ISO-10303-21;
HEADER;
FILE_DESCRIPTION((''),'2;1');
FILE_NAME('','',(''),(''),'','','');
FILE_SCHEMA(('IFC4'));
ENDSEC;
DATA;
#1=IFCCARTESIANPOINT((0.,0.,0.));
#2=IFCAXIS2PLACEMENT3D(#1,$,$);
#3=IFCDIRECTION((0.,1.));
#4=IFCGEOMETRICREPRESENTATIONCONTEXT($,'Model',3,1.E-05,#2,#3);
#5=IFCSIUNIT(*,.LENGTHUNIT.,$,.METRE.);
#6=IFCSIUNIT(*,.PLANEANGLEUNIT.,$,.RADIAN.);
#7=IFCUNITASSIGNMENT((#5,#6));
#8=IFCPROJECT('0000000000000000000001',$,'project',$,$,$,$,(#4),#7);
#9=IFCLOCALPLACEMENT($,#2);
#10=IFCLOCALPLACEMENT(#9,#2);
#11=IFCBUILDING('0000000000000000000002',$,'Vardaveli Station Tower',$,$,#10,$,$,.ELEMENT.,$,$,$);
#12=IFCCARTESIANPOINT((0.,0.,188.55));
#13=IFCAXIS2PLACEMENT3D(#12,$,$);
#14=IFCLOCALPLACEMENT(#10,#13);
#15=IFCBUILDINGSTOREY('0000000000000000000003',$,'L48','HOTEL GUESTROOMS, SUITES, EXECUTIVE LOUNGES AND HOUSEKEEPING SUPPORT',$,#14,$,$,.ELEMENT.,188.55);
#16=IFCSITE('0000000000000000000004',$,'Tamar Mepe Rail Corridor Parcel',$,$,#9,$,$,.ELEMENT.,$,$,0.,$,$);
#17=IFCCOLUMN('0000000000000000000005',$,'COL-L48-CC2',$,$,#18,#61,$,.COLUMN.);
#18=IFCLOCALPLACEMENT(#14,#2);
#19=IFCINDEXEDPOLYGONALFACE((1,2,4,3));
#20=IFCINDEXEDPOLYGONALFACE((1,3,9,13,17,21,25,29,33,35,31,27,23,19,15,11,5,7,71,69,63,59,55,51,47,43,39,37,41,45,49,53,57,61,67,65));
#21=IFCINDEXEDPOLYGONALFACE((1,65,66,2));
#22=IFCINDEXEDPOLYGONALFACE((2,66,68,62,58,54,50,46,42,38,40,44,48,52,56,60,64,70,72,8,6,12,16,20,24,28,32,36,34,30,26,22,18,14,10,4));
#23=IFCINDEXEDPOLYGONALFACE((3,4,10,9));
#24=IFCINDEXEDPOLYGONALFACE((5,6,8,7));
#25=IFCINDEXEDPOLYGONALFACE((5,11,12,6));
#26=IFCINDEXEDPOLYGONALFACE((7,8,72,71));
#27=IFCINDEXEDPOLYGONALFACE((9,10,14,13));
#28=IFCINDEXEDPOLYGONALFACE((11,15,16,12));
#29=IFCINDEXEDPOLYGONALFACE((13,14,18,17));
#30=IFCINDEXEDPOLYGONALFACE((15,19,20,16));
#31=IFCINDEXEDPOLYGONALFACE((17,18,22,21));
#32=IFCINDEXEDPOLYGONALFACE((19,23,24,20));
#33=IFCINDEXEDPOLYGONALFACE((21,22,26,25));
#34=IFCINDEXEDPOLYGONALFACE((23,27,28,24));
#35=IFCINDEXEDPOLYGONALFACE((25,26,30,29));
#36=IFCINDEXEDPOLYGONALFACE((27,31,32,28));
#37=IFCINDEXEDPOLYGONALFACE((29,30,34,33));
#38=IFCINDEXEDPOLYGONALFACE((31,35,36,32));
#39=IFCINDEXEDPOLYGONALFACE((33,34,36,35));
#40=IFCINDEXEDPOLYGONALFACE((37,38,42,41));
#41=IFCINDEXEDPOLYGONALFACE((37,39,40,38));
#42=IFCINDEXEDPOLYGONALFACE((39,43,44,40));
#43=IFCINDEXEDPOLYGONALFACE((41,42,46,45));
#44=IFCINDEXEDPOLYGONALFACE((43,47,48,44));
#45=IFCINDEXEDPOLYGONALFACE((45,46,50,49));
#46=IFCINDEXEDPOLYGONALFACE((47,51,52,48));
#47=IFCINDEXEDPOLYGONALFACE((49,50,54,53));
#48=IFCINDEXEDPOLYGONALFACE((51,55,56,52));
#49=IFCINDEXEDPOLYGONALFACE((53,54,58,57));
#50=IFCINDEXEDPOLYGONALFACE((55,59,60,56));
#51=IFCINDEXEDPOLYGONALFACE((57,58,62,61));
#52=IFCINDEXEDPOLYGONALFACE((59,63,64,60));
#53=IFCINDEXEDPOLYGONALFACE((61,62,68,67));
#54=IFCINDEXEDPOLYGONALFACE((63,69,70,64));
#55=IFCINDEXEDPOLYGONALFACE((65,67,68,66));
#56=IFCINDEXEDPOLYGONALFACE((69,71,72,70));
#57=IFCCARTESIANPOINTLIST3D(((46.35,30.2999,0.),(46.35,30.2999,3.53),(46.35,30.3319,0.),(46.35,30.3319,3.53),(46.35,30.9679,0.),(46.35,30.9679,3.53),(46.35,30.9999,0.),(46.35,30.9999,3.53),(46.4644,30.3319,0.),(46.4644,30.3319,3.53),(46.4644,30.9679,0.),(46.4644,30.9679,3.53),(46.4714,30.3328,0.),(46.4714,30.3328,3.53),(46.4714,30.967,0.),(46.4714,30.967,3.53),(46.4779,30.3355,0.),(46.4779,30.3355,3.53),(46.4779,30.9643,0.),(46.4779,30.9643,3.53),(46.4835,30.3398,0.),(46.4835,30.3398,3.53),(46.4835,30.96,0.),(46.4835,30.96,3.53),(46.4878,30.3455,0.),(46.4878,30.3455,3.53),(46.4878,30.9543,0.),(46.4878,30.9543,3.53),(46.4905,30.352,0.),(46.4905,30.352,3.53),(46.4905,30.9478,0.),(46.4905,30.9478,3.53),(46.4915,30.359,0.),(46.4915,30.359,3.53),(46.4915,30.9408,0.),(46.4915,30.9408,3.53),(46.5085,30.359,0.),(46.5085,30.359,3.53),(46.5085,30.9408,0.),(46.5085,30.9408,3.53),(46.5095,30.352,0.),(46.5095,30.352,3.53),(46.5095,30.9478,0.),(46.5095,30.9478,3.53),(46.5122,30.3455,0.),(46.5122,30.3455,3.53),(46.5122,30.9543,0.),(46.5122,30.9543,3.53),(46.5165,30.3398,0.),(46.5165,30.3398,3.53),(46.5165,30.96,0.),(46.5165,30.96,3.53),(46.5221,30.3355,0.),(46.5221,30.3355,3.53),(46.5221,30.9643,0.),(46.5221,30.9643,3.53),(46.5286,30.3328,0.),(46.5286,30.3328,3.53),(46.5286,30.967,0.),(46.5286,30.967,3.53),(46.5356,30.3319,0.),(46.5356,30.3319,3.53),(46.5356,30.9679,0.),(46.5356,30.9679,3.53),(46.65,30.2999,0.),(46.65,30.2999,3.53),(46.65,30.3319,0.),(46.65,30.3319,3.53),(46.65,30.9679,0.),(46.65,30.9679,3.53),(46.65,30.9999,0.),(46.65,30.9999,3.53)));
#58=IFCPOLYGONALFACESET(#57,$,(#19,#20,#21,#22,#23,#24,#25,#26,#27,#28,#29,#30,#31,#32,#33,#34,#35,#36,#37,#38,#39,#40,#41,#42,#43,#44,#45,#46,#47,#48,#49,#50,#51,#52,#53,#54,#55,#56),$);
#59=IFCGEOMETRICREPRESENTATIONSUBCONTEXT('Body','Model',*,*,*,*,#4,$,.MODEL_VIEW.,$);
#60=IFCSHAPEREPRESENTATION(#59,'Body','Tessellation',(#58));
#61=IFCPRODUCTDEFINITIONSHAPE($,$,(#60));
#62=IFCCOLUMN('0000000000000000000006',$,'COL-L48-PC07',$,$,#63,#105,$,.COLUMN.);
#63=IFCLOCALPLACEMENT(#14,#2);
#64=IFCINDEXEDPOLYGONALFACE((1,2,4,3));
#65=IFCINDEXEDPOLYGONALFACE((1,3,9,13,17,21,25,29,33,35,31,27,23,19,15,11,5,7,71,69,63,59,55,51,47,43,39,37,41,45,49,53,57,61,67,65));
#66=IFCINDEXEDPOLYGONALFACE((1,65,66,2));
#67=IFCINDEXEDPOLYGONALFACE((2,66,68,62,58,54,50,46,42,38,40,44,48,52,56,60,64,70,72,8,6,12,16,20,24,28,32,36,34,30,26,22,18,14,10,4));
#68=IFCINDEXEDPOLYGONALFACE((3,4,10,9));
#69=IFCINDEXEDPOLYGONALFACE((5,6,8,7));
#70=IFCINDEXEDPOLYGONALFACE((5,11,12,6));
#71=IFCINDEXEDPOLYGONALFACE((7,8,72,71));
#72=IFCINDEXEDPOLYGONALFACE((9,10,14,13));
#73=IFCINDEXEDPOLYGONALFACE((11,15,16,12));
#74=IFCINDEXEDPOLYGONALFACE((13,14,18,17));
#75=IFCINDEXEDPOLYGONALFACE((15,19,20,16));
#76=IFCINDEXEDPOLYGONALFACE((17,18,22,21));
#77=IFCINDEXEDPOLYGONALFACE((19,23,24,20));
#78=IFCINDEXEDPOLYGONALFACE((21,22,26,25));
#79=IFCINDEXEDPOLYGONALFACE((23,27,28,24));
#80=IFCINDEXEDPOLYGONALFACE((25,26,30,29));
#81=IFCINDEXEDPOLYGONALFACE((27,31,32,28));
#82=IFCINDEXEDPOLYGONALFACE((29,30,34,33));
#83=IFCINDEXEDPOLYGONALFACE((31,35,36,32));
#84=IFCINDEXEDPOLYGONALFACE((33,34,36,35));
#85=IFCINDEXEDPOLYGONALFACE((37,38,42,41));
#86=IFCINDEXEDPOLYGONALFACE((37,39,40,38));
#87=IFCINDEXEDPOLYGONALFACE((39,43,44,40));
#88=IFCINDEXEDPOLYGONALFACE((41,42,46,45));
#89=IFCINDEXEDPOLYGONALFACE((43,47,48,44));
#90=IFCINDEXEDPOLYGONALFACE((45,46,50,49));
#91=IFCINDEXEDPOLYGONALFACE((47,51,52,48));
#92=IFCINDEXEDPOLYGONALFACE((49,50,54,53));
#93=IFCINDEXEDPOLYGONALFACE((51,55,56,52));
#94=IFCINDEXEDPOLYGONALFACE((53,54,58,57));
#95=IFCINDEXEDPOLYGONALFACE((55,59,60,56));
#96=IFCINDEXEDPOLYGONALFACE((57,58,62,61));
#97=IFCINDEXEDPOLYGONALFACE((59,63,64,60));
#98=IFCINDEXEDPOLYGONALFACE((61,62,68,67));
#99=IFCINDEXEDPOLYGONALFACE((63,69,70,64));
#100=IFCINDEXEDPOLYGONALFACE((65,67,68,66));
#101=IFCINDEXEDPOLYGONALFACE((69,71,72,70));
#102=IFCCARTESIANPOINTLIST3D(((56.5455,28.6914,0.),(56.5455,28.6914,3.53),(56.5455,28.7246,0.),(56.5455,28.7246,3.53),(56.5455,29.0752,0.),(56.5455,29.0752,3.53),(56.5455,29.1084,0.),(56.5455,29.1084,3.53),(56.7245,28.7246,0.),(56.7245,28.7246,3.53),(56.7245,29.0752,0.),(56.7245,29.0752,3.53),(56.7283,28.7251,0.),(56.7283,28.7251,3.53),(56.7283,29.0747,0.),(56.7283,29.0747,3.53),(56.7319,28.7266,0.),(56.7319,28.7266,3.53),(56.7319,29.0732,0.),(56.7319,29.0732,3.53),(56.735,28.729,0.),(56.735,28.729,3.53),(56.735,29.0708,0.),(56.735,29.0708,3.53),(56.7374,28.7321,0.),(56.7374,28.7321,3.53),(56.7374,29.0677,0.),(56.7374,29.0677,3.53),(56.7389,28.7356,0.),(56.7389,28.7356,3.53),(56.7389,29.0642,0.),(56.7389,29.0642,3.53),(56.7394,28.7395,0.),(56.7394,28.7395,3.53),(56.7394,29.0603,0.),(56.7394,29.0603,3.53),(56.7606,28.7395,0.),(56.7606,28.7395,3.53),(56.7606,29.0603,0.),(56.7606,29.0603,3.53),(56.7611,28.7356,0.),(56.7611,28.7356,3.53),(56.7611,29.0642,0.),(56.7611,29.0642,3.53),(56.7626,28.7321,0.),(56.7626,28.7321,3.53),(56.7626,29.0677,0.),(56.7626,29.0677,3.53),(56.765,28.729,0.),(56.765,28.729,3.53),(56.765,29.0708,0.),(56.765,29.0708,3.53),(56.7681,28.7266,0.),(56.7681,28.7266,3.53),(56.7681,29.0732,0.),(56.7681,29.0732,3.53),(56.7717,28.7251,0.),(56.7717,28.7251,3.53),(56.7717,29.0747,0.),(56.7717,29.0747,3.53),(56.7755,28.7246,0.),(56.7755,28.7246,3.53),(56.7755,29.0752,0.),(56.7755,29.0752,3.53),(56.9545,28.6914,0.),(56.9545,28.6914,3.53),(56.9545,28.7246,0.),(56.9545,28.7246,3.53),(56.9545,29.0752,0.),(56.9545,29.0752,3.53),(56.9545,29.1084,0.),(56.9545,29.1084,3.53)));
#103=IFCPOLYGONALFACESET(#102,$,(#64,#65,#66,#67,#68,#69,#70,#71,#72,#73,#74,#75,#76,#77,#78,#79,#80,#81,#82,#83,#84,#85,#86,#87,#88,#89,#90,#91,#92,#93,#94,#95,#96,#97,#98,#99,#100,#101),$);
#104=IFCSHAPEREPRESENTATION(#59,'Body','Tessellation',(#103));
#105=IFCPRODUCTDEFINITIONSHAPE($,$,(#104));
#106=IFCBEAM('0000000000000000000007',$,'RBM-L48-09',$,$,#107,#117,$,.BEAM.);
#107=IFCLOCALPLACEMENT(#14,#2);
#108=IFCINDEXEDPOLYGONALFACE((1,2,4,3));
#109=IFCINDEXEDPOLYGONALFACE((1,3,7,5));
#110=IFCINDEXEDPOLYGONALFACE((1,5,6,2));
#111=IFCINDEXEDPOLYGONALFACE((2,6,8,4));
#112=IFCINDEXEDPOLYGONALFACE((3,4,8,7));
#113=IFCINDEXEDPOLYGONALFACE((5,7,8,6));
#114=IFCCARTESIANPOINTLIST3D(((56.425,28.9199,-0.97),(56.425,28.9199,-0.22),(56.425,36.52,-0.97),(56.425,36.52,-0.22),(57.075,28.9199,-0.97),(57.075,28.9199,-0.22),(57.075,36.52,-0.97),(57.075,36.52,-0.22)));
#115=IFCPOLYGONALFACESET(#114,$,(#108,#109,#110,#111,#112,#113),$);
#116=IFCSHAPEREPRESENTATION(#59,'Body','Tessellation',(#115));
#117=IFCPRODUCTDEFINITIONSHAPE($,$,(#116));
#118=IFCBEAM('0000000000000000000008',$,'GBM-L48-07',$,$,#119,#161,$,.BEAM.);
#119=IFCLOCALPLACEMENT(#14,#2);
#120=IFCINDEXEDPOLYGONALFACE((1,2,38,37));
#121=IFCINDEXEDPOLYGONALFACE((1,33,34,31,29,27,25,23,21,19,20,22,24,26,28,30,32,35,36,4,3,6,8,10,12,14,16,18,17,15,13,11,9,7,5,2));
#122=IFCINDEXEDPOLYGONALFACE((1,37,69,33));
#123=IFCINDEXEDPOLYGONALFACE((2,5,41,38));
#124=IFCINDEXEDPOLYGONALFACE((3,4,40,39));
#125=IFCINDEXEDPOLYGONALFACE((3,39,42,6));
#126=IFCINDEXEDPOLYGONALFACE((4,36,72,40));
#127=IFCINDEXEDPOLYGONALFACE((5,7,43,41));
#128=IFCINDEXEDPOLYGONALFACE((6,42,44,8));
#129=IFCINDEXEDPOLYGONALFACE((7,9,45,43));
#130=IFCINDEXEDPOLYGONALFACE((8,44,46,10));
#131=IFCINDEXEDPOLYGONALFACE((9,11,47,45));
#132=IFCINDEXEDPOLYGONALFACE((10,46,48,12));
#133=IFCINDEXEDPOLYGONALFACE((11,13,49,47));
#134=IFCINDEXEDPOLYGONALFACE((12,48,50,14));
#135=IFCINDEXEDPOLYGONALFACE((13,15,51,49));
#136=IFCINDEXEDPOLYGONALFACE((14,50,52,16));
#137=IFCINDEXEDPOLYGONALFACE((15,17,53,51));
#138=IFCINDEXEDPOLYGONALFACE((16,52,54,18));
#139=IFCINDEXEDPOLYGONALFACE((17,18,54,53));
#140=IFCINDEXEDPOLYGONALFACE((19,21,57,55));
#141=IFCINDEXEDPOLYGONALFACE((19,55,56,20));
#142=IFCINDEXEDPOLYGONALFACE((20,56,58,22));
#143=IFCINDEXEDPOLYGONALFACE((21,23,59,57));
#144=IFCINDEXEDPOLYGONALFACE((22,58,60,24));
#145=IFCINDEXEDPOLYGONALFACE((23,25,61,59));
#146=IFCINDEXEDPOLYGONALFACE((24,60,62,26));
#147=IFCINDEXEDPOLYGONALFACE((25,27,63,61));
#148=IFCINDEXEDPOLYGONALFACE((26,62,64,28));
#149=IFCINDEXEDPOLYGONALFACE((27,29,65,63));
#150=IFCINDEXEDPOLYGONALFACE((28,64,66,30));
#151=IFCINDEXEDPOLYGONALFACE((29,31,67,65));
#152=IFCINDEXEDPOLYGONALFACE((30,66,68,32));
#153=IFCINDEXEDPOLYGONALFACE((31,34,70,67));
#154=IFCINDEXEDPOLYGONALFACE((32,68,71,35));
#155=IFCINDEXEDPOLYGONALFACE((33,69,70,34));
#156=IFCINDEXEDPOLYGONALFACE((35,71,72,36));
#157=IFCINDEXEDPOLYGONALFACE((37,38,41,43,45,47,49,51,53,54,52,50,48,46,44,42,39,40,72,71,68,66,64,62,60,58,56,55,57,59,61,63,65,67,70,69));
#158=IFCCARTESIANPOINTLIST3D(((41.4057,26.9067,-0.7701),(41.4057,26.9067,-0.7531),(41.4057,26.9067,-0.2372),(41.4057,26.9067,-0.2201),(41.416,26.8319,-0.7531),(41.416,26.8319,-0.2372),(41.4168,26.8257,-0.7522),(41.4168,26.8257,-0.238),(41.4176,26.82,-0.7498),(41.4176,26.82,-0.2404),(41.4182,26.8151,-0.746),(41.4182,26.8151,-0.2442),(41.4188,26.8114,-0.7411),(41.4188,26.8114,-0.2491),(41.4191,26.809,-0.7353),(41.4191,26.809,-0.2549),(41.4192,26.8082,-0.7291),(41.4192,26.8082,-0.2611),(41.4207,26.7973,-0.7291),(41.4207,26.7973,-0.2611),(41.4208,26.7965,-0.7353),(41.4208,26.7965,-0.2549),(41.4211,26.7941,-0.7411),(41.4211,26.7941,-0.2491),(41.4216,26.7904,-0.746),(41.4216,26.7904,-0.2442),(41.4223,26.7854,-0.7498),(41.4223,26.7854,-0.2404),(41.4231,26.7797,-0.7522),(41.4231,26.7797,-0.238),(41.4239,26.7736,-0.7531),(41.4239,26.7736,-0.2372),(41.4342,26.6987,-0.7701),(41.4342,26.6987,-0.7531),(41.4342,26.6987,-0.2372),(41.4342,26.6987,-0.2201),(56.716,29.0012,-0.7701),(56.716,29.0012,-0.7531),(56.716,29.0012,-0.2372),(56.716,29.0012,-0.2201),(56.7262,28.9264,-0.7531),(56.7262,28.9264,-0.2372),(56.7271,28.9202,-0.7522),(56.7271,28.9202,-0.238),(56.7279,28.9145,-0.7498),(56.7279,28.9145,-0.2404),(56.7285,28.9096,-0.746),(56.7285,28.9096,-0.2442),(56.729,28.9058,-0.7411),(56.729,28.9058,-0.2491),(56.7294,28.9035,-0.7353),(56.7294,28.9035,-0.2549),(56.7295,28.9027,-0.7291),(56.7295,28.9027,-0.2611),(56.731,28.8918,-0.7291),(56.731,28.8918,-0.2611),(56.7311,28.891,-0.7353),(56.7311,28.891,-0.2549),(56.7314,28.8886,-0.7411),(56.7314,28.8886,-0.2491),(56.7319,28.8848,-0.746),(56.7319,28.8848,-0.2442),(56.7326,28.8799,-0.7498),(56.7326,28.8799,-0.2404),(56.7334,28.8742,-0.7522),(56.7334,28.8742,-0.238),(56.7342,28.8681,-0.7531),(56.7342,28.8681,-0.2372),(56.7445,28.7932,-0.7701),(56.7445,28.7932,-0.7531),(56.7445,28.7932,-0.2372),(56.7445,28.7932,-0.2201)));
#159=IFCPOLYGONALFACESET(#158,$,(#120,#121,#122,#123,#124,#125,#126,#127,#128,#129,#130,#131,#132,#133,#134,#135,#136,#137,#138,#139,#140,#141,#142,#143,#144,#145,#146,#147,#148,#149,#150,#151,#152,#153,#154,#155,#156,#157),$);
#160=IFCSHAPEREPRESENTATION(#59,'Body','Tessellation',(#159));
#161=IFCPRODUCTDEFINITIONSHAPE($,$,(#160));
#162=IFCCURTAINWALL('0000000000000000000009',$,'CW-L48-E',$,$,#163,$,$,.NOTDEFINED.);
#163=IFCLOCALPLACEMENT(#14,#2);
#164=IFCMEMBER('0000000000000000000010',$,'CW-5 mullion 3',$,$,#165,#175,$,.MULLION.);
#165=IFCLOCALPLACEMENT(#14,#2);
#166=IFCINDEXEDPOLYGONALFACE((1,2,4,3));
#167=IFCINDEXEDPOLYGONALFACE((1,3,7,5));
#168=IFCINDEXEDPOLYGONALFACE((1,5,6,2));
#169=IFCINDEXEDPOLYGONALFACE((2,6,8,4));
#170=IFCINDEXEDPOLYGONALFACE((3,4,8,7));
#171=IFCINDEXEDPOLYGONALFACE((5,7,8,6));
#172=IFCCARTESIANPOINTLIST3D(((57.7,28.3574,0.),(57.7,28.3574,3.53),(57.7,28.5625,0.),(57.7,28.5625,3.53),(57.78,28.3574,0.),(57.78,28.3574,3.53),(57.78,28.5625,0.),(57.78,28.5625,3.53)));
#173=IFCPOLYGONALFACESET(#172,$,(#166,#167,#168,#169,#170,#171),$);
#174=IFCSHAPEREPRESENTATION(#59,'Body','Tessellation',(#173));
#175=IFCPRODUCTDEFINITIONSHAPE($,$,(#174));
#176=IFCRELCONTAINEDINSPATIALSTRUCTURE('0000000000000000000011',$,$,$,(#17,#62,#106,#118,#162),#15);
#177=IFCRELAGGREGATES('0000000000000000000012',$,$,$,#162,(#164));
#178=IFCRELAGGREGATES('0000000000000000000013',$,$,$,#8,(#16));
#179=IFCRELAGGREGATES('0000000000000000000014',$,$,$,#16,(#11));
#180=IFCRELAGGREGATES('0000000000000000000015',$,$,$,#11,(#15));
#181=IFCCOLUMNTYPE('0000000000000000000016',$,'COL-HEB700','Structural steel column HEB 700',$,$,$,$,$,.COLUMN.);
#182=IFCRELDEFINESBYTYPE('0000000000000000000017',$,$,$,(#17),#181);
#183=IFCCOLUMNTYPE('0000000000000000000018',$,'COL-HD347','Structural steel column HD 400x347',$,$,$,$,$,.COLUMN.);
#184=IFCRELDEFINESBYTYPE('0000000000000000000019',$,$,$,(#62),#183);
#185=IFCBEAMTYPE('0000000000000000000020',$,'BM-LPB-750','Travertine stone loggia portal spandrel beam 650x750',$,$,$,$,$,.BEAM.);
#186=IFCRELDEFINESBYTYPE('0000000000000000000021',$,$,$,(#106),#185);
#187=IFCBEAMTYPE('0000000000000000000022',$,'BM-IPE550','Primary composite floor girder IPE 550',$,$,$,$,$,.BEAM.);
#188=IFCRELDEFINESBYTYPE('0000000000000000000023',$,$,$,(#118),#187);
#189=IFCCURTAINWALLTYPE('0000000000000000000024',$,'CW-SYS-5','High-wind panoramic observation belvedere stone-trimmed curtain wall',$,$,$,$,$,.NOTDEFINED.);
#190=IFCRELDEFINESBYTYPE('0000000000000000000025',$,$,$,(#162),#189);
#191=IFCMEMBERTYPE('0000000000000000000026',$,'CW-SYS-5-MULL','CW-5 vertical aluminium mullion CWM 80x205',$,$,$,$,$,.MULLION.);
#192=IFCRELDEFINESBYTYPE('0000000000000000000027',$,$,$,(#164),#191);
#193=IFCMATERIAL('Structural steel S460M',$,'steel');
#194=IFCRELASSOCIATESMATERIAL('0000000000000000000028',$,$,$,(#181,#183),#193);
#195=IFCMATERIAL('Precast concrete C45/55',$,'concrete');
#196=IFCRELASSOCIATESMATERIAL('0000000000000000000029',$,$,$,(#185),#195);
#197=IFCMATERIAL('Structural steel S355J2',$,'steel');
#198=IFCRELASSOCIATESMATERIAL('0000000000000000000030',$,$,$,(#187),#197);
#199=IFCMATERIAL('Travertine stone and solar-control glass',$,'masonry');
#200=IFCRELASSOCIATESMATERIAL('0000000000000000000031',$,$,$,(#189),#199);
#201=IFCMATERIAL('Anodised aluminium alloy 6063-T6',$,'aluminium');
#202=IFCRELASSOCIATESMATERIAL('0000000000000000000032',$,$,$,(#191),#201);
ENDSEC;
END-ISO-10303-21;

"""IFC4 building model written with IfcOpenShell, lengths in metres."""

from ifc_helpers import new_model, si_unit, direction, frame, origin, origin_2d, place, context, subcontext, project, spatial, rectangle, i_section, extrude, source, transform, mapped, material, material_profile, profile_set, type_object, element, aggregate, save


model = new_model("IFC4")

# Units and contexts
model_context = context("Model", 3, precision=1e-05, world=origin(), true_north=direction((0.0, 1.0)))
body_context = subcontext(model_context, "Body", "Model", "MODEL_VIEW")
ifc_project = project(units=[si_unit("LENGTHUNIT", "METRE"), si_unit("PLANEANGLEUNIT", "RADIAN")], contexts=[model_context])

# Site, building, storey
site_placement = place(None, origin())
site = spatial("IfcSite", under=ifc_project, at=site_placement, Name="Tamar Mepe Rail Corridor Parcel", CompositionType="ELEMENT", RefElevation=0.0)
building_placement = place(site_placement, origin())
building = spatial("IfcBuilding", under=site, at=building_placement, Name="Vardaveli Station Tower", CompositionType="ELEMENT")
storey_placement = place(building_placement, frame((0.0, 0.0, 188.55)))
storey = spatial("IfcBuildingStorey", under=building, at=storey_placement, Name="L48", Description="HOTEL GUESTROOMS, SUITES, EXECUTIVE LOUNGES AND HOUSEKEEPING SUPPORT", CompositionType="ELEMENT", Elevation=188.55)

# Columns
ifc_material_1 = material(Name="Structural steel S460M", Category="steel")
ifc_material_profile_1 = material_profile(ifc_material_1, i_section(OverallWidth=0.3, OverallDepth=0.7, WebThickness=0.0171, FlangeThickness=0.032, FilletRadius=0.0271, at=origin_2d()), Name="HEB 700")
ifc_profile_set_1 = profile_set([ifc_material_profile_1], Name="Structural steel S460M")
column_type_1 = type_object("IfcColumnType", Name="COL-HEB700", Description="Structural steel column HEB 700", PredefinedType="COLUMN", material=ifc_profile_set_1)
shared_shape_1 = source(origin(), body_context, "Body", "SweptSolid", [
    extrude(i_section(OverallWidth=0.3, OverallDepth=0.7, WebThickness=0.0171, FlangeThickness=0.032, FilletRadius=0.0271, at=origin_2d()), origin(), (0.0, 0.0, 1.0), 3.53),
])
column_1_placement = place(storey_placement, frame((46.5, 30.6499, 0.0), z_axis=(0.0, 0.0, 1.0), x_axis=(1.0, 0.0, 0.0)))
element("IfcColumn", 1, at=column_1_placement, inside=storey, type_object=column_type_1, Name="COL-L48-CC2", PredefinedType="COLUMN", context=body_context, shape_type="MappedRepresentation", body=[
    mapped(shared_shape_1, transform((0.0, 0.0, 0.0), scale=1.0)),
])
ifc_material_profile_2 = material_profile(ifc_material_1, i_section(OverallWidth=0.4089, OverallDepth=0.417, WebThickness=0.0212, FlangeThickness=0.0332, FilletRadius=0.0149, at=origin_2d()), Name="HD 400x347")
ifc_profile_set_2 = profile_set([ifc_material_profile_2], Name="Structural steel S460M")
column_type_2 = type_object("IfcColumnType", Name="COL-HD347", Description="Structural steel column HD 400x347", PredefinedType="COLUMN", material=ifc_profile_set_2)
shared_shape_2 = source(origin(), body_context, "Body", "SweptSolid", [
    extrude(i_section(OverallWidth=0.4089, OverallDepth=0.417, WebThickness=0.0212, FlangeThickness=0.0332, FilletRadius=0.0149, at=origin_2d()), origin(), (0.0, 0.0, 1.0), 3.53),
])
column_2_placement = place(storey_placement, frame((56.75, 28.8999, 0.0), z_axis=(0.0, 0.0, 1.0), x_axis=(1.0, 0.0, 0.0)))
element("IfcColumn", 2, at=column_2_placement, inside=storey, type_object=column_type_2, Name="COL-L48-PC07", PredefinedType="COLUMN", context=body_context, shape_type="MappedRepresentation", body=[
    mapped(shared_shape_2, transform((0.0, 0.0, 0.0), scale=1.0)),
])

# Beams
ifc_material_2 = material(Name="Precast concrete C45/55", Category="concrete")
ifc_material_profile_3 = material_profile(ifc_material_2, rectangle(XDim=0.6499, YDim=0.75, at=origin_2d()), Name="LPB 650x750")
ifc_profile_set_3 = profile_set([ifc_material_profile_3], Name="Precast concrete C45/55")
beam_type_1 = type_object("IfcBeamType", Name="BM-LPB-750", Description="Travertine stone loggia portal spandrel beam 650x750", PredefinedType="BEAM", material=ifc_profile_set_3)
shared_shape_3 = source(origin(), body_context, "Body", "SweptSolid", [
    extrude(rectangle(XDim=0.6499, YDim=0.75, at=origin_2d()), origin(), (0.0, 0.0, 1.0), 7.6001),
])
beam_1_placement = place(storey_placement, frame((56.75, 28.9199, -0.595), z_axis=(0.0, 1.0, 0.0), x_axis=(-1.0, 0.0, 0.0)))
element("IfcBeam", 3, at=beam_1_placement, inside=storey, type_object=beam_type_1, Name="RBM-L48-09", PredefinedType="BEAM", context=body_context, shape_type="MappedRepresentation", body=[
    mapped(shared_shape_3, transform((0.0, 0.0, 0.0), scale=1.0)),
])
ifc_material_3 = material(Name="Structural steel S355J2", Category="steel")
ifc_material_profile_4 = material_profile(ifc_material_3, i_section(OverallWidth=0.21, OverallDepth=0.55, WebThickness=0.011, FlangeThickness=0.0171, FilletRadius=0.0239, at=origin_2d()), Name="IPE 550")
ifc_profile_set_4 = profile_set([ifc_material_profile_4], Name="Structural steel S355J2")
beam_type_2 = type_object("IfcBeamType", Name="BM-IPE550", Description="Primary composite floor girder IPE 550", PredefinedType="BEAM", material=ifc_profile_set_4)
shared_shape_4 = source(origin(), body_context, "Body", "SweptSolid", [
    extrude(i_section(OverallWidth=0.21, OverallDepth=0.55, WebThickness=0.011, FlangeThickness=0.0171, FilletRadius=0.0239, at=origin_2d()), origin(), (0.0, 0.0, 1.0), 15.4529),
])
beam_2_placement = place(storey_placement, frame((56.7302, 28.8972, -0.4951), z_axis=(-0.990772, -0.13554, 0.0), x_axis=(0.13554, -0.990772, 0.0)))
element("IfcBeam", 4, at=beam_2_placement, inside=storey, type_object=beam_type_2, Name="GBM-L48-07", PredefinedType="BEAM", context=body_context, shape_type="MappedRepresentation", body=[
    mapped(shared_shape_4, transform((0.0, 0.0, 0.0), scale=1.0)),
])

# Curtain wall, member
ifc_material_4 = material(Name="Travertine stone and solar-control glass", Category="masonry")
curtain_wall_type = type_object("IfcCurtainWallType", Name="CW-SYS-5", Description="High-wind panoramic observation belvedere stone-trimmed curtain wall", PredefinedType="NOTDEFINED", material=ifc_material_4)
curtain_wall_placement = place(storey_placement, origin())
curtain_wall = element("IfcCurtainWall", 5, at=curtain_wall_placement, inside=storey, type_object=curtain_wall_type, Name="CW-L48-E", PredefinedType="NOTDEFINED")
ifc_material_5 = material(Name="Anodised aluminium alloy 6063-T6", Category="aluminium")
ifc_material_profile_5 = material_profile(ifc_material_5, rectangle(XDim=0.0801, YDim=0.2051, at=origin_2d()), Name="CWM 80x205")
ifc_profile_set_5 = profile_set([ifc_material_profile_5], Name="Anodised aluminium alloy 6063-T6")
member_type = type_object("IfcMemberType", Name="CW-SYS-5-MULL", Description="CW-5 vertical aluminium mullion CWM 80x205", PredefinedType="MULLION", material=ifc_profile_set_5)
shared_shape_5 = source(origin(), body_context, "Body", "SweptSolid", [
    extrude(rectangle(XDim=0.0801, YDim=0.2051, at=origin_2d()), origin(), (0.0, 0.0, 1.0), 3.53),
])
member_placement = place(storey_placement, frame((57.74, 28.46, 0.0), z_axis=(0.0, 0.0, 1.0), x_axis=(-1.0, 0.0, 0.0)))
member = element("IfcMember", 6, at=member_placement, type_object=member_type, Name="CW-5 mullion 3", PredefinedType="MULLION", context=body_context, shape_type="MappedRepresentation", body=[
    mapped(shared_shape_5, transform((0.0, 0.0, 0.0), scale=1.0)),
])
aggregate(curtain_wall, [member])

save(model, "model.ifc")
